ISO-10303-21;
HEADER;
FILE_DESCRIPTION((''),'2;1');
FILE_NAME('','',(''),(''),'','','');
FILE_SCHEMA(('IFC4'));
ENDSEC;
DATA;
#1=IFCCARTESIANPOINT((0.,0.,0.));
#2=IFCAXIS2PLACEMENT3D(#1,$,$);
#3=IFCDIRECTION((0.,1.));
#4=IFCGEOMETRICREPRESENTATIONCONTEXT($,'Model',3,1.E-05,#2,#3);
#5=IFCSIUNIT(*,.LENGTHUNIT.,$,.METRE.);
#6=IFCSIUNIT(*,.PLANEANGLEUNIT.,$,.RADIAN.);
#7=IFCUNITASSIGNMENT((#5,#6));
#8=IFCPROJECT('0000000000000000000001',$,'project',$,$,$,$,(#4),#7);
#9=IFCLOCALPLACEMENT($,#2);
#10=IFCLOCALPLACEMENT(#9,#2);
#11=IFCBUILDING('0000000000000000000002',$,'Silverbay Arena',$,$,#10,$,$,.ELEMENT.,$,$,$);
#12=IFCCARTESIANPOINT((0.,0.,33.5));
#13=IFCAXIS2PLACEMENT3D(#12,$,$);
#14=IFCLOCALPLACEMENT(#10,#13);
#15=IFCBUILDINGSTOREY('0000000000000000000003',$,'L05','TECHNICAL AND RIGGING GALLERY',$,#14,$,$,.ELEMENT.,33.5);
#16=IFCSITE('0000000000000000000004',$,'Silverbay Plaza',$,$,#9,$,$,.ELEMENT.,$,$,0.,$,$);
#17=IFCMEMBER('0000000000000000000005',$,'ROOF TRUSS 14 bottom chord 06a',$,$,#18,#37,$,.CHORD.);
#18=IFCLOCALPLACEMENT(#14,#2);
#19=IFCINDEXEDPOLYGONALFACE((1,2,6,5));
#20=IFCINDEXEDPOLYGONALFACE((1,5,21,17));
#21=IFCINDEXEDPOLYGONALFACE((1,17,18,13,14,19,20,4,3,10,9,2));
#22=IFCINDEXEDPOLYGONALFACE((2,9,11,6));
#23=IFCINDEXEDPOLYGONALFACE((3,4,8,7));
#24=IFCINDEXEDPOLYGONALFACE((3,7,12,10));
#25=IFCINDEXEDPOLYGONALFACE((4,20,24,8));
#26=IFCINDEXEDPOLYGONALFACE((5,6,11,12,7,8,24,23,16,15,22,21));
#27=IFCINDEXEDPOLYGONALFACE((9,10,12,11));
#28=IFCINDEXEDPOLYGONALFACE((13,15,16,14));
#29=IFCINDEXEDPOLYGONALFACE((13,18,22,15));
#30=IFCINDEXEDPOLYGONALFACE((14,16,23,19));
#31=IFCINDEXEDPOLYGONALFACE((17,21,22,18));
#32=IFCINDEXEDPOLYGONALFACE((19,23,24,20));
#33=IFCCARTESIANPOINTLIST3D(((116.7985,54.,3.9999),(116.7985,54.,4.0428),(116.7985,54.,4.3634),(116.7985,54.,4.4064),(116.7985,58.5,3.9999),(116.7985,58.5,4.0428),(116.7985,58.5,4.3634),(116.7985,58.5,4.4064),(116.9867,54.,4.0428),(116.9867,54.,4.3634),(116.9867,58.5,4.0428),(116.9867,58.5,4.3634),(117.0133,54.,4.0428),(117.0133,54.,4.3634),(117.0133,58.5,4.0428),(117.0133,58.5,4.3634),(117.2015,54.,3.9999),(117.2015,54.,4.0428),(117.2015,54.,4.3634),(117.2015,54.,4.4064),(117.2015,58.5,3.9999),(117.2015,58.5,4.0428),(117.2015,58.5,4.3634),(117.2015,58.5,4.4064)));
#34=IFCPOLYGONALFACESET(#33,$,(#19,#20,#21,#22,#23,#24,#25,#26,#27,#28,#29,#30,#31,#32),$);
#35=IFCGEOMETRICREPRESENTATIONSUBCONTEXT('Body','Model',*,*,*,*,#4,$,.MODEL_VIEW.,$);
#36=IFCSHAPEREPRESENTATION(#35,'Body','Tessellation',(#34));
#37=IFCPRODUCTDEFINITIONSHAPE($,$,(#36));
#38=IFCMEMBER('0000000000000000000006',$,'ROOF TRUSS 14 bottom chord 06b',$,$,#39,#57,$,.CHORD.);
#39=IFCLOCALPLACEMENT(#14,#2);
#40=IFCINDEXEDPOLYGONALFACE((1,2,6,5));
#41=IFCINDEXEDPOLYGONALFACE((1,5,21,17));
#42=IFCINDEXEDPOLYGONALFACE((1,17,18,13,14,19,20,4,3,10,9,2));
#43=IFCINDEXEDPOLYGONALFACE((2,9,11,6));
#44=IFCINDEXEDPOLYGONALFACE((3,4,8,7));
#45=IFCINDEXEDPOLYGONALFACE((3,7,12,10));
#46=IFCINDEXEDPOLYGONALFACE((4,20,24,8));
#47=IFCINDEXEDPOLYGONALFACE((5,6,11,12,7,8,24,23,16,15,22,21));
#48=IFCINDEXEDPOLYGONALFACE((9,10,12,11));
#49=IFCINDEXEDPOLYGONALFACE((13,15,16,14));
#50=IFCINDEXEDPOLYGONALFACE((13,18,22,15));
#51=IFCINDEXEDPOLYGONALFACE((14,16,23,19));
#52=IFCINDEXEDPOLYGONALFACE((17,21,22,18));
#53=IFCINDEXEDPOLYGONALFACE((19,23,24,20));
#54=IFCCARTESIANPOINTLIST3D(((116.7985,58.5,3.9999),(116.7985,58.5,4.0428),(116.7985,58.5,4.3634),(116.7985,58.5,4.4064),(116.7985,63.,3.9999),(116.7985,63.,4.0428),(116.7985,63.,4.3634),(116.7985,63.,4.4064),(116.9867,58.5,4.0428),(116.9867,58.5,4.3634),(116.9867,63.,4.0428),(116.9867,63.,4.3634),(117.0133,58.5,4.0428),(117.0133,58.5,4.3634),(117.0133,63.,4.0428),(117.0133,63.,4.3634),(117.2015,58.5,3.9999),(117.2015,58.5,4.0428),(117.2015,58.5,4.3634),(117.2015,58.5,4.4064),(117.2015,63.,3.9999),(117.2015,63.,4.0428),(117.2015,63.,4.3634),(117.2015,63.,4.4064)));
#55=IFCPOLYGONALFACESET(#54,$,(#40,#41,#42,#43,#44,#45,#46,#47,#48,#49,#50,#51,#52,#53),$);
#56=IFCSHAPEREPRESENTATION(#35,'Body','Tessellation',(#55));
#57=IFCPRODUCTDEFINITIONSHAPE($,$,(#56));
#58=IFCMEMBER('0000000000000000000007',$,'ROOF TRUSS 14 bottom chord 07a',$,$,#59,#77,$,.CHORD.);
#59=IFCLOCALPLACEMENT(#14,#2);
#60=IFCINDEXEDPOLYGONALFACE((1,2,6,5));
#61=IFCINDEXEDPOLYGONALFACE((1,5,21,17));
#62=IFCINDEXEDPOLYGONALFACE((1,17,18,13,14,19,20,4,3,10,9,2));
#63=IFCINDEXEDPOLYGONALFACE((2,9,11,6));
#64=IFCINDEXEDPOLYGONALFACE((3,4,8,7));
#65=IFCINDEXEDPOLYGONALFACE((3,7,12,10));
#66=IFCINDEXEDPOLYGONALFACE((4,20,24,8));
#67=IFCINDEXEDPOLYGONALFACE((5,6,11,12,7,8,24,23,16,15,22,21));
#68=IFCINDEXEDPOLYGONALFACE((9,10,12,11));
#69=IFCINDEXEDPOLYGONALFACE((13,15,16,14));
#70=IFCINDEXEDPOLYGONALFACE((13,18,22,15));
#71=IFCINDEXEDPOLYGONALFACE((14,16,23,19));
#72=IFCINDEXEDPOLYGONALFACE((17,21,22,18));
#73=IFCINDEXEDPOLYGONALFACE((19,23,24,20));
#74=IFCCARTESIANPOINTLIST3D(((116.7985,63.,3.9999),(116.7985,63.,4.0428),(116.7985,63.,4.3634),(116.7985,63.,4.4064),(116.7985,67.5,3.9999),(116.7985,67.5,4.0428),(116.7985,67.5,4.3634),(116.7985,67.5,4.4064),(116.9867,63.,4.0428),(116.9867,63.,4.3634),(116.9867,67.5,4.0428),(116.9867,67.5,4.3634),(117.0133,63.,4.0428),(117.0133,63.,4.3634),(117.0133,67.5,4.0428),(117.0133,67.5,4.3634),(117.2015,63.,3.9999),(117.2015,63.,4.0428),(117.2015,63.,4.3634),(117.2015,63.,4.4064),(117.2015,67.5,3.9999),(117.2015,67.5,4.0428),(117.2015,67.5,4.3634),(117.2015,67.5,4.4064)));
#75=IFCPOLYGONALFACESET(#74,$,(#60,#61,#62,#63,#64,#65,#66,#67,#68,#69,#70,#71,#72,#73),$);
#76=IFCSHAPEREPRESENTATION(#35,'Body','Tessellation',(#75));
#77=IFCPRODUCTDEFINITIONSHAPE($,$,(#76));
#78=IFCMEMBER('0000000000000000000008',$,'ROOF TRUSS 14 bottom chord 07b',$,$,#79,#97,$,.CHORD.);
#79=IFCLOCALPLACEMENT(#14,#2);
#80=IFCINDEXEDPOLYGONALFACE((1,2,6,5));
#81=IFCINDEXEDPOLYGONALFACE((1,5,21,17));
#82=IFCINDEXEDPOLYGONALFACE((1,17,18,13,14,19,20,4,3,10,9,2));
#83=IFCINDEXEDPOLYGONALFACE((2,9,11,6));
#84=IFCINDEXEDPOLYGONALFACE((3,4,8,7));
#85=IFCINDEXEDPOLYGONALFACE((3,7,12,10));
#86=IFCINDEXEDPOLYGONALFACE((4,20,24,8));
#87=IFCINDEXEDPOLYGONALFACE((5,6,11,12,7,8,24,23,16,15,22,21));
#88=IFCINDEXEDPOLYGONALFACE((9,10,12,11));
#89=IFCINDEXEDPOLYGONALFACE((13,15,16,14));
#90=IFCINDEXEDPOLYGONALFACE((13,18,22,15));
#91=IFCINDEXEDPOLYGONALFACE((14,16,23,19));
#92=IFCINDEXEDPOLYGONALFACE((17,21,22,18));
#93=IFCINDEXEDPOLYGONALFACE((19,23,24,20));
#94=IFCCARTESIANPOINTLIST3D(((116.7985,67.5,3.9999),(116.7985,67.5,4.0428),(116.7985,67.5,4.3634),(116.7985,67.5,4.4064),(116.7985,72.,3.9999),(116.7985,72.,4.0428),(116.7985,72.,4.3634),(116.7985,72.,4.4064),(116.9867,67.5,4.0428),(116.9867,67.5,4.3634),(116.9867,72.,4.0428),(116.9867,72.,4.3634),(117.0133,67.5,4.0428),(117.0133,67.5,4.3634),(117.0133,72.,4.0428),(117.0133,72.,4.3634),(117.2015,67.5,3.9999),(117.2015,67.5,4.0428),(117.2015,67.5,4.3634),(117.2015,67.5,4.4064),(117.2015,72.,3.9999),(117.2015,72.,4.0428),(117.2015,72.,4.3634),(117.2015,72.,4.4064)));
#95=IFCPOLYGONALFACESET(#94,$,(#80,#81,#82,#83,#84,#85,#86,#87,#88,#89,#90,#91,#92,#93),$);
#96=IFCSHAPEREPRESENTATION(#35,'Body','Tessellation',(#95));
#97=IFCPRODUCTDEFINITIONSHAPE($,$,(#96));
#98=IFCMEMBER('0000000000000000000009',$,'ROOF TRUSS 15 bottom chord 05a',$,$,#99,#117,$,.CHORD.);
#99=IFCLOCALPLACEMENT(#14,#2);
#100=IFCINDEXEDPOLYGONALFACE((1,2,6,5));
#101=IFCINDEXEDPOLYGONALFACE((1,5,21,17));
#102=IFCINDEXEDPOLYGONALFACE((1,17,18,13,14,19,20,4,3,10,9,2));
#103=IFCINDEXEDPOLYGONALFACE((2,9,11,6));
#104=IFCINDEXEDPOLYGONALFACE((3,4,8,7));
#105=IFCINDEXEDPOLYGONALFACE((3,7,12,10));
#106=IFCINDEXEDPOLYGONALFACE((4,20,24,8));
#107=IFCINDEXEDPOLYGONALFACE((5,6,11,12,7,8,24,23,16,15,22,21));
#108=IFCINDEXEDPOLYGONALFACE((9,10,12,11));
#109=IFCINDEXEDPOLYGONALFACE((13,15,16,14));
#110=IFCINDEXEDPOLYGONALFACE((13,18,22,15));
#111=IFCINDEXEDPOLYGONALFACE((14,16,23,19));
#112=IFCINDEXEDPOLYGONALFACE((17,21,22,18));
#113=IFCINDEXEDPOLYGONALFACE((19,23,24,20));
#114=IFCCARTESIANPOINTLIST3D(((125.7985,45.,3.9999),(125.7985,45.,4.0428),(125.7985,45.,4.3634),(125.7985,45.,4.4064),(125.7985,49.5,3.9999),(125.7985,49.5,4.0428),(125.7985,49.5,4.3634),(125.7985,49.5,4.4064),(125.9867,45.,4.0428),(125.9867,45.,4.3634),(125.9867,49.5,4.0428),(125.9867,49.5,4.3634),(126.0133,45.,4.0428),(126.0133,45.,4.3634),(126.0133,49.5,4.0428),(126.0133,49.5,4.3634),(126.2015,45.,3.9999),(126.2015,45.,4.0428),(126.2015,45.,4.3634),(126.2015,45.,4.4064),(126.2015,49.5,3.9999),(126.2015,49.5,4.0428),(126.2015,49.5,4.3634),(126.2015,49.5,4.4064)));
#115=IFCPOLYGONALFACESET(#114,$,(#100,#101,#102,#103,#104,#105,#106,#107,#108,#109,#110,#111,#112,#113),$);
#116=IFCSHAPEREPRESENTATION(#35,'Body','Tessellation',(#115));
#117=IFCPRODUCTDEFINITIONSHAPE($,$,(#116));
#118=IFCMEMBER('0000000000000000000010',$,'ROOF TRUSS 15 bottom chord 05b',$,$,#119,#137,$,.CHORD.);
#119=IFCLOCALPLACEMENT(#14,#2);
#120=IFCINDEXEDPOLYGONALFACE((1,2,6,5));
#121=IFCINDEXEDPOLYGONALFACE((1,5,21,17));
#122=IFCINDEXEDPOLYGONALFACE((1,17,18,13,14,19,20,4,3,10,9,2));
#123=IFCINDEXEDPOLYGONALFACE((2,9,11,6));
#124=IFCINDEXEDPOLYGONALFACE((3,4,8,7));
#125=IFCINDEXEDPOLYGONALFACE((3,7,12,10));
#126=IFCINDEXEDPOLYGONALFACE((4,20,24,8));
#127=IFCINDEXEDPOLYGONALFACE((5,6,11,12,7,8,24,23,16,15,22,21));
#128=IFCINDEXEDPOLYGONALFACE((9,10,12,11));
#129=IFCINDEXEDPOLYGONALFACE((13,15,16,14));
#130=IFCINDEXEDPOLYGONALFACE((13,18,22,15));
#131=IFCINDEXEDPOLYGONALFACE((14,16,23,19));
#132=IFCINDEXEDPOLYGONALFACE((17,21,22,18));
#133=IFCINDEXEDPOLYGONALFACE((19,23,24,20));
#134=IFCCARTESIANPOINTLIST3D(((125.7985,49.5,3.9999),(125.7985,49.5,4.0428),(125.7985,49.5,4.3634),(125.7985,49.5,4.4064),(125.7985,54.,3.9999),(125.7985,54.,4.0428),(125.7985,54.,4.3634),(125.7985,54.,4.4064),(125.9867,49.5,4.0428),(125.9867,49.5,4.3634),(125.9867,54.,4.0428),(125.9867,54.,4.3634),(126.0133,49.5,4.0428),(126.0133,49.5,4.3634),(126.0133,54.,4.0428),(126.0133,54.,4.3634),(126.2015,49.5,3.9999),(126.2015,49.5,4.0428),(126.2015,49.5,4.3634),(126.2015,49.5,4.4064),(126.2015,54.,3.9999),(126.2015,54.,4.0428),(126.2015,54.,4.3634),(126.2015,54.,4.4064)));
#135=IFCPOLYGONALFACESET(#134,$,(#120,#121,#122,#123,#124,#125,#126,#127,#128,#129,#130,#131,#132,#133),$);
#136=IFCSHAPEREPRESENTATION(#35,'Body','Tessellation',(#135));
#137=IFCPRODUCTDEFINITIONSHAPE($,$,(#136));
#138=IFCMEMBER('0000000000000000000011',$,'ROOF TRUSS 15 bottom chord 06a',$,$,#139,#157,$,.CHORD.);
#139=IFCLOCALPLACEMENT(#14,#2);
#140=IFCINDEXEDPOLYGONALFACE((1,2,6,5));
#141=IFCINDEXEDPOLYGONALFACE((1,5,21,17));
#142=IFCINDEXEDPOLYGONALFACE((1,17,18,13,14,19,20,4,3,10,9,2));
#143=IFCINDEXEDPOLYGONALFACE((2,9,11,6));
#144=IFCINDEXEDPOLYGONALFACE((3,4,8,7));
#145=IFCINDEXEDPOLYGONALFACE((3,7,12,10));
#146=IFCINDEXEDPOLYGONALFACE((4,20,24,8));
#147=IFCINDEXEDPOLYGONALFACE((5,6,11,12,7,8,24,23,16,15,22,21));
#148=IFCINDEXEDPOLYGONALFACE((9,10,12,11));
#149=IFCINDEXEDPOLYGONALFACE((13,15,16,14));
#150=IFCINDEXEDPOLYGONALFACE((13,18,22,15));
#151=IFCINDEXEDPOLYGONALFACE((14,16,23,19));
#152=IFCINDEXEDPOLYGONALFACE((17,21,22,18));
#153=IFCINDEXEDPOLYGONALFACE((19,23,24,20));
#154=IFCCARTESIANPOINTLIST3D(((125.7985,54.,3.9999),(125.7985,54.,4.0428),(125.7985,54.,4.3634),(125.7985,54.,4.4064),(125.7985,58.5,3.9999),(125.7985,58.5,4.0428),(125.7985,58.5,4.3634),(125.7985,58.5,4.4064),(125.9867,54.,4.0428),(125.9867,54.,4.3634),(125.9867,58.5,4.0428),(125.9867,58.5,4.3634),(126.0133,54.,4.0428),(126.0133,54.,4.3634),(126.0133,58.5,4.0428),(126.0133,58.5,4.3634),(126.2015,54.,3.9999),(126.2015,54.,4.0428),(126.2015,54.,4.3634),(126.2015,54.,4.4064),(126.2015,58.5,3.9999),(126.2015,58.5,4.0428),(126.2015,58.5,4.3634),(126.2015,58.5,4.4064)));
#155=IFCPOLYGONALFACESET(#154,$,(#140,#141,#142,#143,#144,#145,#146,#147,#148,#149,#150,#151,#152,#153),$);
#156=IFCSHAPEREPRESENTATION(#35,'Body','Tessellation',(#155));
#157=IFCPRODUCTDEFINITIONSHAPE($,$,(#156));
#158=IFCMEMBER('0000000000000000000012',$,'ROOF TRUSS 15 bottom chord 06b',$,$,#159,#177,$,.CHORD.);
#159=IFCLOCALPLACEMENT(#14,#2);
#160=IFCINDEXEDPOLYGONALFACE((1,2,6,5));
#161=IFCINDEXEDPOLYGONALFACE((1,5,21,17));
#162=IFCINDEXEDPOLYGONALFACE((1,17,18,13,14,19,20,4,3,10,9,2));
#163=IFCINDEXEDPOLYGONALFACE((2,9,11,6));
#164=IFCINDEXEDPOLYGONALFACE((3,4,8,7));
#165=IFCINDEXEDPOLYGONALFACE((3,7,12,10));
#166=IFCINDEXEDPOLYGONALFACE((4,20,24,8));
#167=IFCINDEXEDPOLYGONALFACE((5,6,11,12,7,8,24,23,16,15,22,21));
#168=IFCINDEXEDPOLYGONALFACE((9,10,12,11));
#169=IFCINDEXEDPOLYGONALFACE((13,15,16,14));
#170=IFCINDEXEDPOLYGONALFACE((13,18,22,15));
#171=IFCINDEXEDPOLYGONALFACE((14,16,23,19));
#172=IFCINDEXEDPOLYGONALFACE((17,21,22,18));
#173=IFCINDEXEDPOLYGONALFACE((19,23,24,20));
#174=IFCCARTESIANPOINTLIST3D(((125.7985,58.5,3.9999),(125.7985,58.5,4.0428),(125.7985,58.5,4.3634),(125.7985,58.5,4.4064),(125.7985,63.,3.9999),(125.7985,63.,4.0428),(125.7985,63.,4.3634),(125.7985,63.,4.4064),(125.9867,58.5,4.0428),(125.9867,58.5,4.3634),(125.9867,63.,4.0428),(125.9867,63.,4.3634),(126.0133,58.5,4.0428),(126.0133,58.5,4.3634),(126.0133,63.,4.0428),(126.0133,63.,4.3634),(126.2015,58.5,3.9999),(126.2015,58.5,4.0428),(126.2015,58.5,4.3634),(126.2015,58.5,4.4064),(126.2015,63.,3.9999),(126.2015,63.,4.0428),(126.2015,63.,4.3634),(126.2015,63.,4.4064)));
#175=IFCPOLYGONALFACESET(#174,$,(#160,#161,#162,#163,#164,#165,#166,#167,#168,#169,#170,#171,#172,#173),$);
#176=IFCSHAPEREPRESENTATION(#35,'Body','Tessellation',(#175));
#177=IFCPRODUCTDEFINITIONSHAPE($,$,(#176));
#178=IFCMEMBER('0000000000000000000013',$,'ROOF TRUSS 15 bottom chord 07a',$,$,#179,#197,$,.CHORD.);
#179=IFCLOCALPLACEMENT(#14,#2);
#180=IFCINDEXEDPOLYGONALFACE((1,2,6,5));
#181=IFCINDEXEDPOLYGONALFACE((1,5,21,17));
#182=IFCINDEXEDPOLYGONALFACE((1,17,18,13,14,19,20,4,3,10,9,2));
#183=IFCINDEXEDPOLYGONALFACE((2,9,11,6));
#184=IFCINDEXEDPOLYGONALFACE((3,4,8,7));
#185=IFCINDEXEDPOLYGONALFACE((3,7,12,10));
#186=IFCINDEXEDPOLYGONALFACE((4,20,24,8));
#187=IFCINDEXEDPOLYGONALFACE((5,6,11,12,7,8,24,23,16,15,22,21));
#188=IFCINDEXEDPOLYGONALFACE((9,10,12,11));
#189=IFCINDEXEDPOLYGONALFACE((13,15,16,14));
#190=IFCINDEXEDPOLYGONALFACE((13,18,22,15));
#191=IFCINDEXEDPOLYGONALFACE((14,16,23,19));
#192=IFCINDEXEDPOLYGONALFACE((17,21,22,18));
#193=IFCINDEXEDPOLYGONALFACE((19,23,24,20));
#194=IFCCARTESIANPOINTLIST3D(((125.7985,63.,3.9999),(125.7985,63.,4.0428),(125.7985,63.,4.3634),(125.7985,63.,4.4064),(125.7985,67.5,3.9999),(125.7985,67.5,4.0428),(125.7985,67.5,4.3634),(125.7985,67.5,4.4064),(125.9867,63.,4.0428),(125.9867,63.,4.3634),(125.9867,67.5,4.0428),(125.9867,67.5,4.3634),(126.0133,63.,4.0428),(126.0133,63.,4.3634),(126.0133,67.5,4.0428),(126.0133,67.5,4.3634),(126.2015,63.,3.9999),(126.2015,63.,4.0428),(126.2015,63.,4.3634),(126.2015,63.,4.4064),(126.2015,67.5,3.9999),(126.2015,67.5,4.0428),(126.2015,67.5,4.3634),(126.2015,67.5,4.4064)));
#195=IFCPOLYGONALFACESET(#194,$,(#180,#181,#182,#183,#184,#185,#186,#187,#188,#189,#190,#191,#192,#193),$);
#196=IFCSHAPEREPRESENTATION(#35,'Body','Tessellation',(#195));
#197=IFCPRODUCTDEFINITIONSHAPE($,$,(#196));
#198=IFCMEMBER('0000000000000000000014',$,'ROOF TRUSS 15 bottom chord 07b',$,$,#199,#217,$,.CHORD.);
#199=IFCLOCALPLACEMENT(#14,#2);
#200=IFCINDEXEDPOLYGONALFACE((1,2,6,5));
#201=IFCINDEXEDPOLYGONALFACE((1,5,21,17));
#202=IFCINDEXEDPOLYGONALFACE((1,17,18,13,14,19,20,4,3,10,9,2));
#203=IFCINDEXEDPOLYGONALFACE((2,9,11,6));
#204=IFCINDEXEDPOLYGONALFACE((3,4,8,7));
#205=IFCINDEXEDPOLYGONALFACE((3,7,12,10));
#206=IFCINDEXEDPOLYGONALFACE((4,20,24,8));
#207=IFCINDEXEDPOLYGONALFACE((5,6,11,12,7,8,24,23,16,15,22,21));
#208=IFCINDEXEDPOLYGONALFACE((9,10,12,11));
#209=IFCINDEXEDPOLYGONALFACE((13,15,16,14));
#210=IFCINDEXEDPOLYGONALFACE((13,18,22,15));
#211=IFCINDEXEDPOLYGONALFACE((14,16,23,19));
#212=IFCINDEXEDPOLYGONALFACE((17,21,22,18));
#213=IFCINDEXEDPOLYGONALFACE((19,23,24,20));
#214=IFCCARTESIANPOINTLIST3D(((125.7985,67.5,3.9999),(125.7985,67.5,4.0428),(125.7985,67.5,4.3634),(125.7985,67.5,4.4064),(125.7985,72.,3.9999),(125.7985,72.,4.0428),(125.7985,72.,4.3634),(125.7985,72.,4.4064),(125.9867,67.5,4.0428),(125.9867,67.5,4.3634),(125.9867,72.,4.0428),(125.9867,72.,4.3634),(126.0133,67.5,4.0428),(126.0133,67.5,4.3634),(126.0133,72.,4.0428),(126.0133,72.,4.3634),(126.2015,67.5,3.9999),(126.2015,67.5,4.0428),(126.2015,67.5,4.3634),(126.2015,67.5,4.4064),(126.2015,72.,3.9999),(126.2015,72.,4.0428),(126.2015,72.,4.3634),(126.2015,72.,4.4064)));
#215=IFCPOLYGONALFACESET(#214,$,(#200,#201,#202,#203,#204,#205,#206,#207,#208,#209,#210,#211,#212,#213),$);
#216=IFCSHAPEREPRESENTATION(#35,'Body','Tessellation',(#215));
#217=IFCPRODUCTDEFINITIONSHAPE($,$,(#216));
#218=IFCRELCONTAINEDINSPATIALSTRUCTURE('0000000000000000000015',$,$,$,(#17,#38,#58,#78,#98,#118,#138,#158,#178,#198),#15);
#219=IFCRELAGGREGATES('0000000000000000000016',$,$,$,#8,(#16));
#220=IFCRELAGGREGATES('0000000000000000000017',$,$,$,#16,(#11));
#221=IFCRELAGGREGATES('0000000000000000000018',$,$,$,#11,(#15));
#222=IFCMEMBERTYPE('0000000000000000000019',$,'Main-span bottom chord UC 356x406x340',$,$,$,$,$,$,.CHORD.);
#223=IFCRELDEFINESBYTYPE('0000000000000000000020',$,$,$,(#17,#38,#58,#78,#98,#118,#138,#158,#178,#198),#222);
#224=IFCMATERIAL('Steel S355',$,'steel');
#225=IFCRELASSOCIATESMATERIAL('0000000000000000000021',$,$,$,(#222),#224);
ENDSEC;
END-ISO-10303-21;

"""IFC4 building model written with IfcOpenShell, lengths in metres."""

from ifc_helpers import new_model, si_unit, direction, frame, origin, origin_2d, place, context, subcontext, project, spatial, i_section, extrude, material, material_profile, profile_set, type_object, element, save


model = new_model("IFC4")

# Units and contexts
model_context = context("Model", 3, precision=1e-05, world=origin(), true_north=direction((0.0, 1.0)))
body_context = subcontext(model_context, "Body", "Model", "MODEL_VIEW")
ifc_project = project(units=[si_unit("LENGTHUNIT", "METRE"), si_unit("PLANEANGLEUNIT", "RADIAN")], contexts=[model_context])

# Site, building, storey
site_placement = place(None, origin())
site = spatial("IfcSite", under=ifc_project, at=site_placement, Name="Silverbay Plaza", CompositionType="ELEMENT", RefElevation=0.0)
building_placement = place(site_placement, origin())
building = spatial("IfcBuilding", under=site, at=building_placement, Name="Silverbay Arena", CompositionType="ELEMENT")
storey_placement = place(building_placement, frame((0.0, 0.0, 33.5)))
storey = spatial("IfcBuildingStorey", under=building, at=storey_placement, Name="L05", Description="TECHNICAL AND RIGGING GALLERY", CompositionType="ELEMENT", Elevation=33.5)

# Members
ifc_material_1 = material(Name="Steel S355", Category="steel")
ifc_material_profile_1 = material_profile(ifc_material_1, i_section(OverallWidth=0.4031, OverallDepth=0.4065, WebThickness=0.0266, FlangeThickness=0.043, at=origin_2d()), Name="UC 356x406x340")
ifc_profile_set_1 = profile_set([ifc_material_profile_1], Name="Steel S355")
member_type_1 = type_object("IfcMemberType", Name="Main-span bottom chord UC 356x406x340", PredefinedType="CHORD", material=ifc_profile_set_1)
for number, where, z_axis, x_axis, name in (
    (1, (117.0, 54.0, 4.2031), (0.0, 1.0, 0.0), (-1.0, 0.0, 0.0), "ROOF TRUSS 14 bottom chord 06a"),
    (2, (117.0, 58.5, 4.2031), (0.0, 1.0, 0.0), (-1.0, 0.0, 0.0), "ROOF TRUSS 14 bottom chord 06b"),
    (3, (117.0, 63.0, 4.2031), (0.0, 1.0, 0.0), (-1.0, 0.0, 0.0), "ROOF TRUSS 14 bottom chord 07a"),
    (4, (117.0, 67.5, 4.2031), (0.0, 1.0, 0.0), (-1.0, 0.0, 0.0), "ROOF TRUSS 14 bottom chord 07b"),
    (5, (126.0, 45.0, 4.2031), (0.0, 1.0, 0.0), (-1.0, 0.0, 0.0), "ROOF TRUSS 15 bottom chord 05a"),
    (6, (126.0, 49.5, 4.2031), (0.0, 1.0, 0.0), (-1.0, 0.0, 0.0), "ROOF TRUSS 15 bottom chord 05b"),
    (7, (126.0, 54.0, 4.2031), (0.0, 1.0, 0.0), (-1.0, 0.0, 0.0), "ROOF TRUSS 15 bottom chord 06a"),
    (8, (126.0, 58.5, 4.2031), (0.0, 1.0, 0.0), (-1.0, 0.0, 0.0), "ROOF TRUSS 15 bottom chord 06b"),
    (9, (126.0, 63.0, 4.2031), (0.0, 1.0, 0.0), (-1.0, 0.0, 0.0), "ROOF TRUSS 15 bottom chord 07a"),
    (10, (126.0, 67.5, 4.2031), (0.0, 1.0, 0.0), (-1.0, 0.0, 0.0), "ROOF TRUSS 15 bottom chord 07b"),
):
    element("IfcMember", number, at=place(storey_placement, frame(where, z_axis=z_axis, x_axis=x_axis)), inside=storey, type_object=member_type_1, Name=name, PredefinedType="CHORD", context=body_context, shape_type="SweptSolid", body=[
        extrude(i_section(OverallWidth=0.4031, OverallDepth=0.4065, WebThickness=0.0266, FlangeThickness=0.043, at=origin_2d()), origin(), (0.0, 0.0, 1.0), 4.5),
    ])

save(model, "model.ifc")
